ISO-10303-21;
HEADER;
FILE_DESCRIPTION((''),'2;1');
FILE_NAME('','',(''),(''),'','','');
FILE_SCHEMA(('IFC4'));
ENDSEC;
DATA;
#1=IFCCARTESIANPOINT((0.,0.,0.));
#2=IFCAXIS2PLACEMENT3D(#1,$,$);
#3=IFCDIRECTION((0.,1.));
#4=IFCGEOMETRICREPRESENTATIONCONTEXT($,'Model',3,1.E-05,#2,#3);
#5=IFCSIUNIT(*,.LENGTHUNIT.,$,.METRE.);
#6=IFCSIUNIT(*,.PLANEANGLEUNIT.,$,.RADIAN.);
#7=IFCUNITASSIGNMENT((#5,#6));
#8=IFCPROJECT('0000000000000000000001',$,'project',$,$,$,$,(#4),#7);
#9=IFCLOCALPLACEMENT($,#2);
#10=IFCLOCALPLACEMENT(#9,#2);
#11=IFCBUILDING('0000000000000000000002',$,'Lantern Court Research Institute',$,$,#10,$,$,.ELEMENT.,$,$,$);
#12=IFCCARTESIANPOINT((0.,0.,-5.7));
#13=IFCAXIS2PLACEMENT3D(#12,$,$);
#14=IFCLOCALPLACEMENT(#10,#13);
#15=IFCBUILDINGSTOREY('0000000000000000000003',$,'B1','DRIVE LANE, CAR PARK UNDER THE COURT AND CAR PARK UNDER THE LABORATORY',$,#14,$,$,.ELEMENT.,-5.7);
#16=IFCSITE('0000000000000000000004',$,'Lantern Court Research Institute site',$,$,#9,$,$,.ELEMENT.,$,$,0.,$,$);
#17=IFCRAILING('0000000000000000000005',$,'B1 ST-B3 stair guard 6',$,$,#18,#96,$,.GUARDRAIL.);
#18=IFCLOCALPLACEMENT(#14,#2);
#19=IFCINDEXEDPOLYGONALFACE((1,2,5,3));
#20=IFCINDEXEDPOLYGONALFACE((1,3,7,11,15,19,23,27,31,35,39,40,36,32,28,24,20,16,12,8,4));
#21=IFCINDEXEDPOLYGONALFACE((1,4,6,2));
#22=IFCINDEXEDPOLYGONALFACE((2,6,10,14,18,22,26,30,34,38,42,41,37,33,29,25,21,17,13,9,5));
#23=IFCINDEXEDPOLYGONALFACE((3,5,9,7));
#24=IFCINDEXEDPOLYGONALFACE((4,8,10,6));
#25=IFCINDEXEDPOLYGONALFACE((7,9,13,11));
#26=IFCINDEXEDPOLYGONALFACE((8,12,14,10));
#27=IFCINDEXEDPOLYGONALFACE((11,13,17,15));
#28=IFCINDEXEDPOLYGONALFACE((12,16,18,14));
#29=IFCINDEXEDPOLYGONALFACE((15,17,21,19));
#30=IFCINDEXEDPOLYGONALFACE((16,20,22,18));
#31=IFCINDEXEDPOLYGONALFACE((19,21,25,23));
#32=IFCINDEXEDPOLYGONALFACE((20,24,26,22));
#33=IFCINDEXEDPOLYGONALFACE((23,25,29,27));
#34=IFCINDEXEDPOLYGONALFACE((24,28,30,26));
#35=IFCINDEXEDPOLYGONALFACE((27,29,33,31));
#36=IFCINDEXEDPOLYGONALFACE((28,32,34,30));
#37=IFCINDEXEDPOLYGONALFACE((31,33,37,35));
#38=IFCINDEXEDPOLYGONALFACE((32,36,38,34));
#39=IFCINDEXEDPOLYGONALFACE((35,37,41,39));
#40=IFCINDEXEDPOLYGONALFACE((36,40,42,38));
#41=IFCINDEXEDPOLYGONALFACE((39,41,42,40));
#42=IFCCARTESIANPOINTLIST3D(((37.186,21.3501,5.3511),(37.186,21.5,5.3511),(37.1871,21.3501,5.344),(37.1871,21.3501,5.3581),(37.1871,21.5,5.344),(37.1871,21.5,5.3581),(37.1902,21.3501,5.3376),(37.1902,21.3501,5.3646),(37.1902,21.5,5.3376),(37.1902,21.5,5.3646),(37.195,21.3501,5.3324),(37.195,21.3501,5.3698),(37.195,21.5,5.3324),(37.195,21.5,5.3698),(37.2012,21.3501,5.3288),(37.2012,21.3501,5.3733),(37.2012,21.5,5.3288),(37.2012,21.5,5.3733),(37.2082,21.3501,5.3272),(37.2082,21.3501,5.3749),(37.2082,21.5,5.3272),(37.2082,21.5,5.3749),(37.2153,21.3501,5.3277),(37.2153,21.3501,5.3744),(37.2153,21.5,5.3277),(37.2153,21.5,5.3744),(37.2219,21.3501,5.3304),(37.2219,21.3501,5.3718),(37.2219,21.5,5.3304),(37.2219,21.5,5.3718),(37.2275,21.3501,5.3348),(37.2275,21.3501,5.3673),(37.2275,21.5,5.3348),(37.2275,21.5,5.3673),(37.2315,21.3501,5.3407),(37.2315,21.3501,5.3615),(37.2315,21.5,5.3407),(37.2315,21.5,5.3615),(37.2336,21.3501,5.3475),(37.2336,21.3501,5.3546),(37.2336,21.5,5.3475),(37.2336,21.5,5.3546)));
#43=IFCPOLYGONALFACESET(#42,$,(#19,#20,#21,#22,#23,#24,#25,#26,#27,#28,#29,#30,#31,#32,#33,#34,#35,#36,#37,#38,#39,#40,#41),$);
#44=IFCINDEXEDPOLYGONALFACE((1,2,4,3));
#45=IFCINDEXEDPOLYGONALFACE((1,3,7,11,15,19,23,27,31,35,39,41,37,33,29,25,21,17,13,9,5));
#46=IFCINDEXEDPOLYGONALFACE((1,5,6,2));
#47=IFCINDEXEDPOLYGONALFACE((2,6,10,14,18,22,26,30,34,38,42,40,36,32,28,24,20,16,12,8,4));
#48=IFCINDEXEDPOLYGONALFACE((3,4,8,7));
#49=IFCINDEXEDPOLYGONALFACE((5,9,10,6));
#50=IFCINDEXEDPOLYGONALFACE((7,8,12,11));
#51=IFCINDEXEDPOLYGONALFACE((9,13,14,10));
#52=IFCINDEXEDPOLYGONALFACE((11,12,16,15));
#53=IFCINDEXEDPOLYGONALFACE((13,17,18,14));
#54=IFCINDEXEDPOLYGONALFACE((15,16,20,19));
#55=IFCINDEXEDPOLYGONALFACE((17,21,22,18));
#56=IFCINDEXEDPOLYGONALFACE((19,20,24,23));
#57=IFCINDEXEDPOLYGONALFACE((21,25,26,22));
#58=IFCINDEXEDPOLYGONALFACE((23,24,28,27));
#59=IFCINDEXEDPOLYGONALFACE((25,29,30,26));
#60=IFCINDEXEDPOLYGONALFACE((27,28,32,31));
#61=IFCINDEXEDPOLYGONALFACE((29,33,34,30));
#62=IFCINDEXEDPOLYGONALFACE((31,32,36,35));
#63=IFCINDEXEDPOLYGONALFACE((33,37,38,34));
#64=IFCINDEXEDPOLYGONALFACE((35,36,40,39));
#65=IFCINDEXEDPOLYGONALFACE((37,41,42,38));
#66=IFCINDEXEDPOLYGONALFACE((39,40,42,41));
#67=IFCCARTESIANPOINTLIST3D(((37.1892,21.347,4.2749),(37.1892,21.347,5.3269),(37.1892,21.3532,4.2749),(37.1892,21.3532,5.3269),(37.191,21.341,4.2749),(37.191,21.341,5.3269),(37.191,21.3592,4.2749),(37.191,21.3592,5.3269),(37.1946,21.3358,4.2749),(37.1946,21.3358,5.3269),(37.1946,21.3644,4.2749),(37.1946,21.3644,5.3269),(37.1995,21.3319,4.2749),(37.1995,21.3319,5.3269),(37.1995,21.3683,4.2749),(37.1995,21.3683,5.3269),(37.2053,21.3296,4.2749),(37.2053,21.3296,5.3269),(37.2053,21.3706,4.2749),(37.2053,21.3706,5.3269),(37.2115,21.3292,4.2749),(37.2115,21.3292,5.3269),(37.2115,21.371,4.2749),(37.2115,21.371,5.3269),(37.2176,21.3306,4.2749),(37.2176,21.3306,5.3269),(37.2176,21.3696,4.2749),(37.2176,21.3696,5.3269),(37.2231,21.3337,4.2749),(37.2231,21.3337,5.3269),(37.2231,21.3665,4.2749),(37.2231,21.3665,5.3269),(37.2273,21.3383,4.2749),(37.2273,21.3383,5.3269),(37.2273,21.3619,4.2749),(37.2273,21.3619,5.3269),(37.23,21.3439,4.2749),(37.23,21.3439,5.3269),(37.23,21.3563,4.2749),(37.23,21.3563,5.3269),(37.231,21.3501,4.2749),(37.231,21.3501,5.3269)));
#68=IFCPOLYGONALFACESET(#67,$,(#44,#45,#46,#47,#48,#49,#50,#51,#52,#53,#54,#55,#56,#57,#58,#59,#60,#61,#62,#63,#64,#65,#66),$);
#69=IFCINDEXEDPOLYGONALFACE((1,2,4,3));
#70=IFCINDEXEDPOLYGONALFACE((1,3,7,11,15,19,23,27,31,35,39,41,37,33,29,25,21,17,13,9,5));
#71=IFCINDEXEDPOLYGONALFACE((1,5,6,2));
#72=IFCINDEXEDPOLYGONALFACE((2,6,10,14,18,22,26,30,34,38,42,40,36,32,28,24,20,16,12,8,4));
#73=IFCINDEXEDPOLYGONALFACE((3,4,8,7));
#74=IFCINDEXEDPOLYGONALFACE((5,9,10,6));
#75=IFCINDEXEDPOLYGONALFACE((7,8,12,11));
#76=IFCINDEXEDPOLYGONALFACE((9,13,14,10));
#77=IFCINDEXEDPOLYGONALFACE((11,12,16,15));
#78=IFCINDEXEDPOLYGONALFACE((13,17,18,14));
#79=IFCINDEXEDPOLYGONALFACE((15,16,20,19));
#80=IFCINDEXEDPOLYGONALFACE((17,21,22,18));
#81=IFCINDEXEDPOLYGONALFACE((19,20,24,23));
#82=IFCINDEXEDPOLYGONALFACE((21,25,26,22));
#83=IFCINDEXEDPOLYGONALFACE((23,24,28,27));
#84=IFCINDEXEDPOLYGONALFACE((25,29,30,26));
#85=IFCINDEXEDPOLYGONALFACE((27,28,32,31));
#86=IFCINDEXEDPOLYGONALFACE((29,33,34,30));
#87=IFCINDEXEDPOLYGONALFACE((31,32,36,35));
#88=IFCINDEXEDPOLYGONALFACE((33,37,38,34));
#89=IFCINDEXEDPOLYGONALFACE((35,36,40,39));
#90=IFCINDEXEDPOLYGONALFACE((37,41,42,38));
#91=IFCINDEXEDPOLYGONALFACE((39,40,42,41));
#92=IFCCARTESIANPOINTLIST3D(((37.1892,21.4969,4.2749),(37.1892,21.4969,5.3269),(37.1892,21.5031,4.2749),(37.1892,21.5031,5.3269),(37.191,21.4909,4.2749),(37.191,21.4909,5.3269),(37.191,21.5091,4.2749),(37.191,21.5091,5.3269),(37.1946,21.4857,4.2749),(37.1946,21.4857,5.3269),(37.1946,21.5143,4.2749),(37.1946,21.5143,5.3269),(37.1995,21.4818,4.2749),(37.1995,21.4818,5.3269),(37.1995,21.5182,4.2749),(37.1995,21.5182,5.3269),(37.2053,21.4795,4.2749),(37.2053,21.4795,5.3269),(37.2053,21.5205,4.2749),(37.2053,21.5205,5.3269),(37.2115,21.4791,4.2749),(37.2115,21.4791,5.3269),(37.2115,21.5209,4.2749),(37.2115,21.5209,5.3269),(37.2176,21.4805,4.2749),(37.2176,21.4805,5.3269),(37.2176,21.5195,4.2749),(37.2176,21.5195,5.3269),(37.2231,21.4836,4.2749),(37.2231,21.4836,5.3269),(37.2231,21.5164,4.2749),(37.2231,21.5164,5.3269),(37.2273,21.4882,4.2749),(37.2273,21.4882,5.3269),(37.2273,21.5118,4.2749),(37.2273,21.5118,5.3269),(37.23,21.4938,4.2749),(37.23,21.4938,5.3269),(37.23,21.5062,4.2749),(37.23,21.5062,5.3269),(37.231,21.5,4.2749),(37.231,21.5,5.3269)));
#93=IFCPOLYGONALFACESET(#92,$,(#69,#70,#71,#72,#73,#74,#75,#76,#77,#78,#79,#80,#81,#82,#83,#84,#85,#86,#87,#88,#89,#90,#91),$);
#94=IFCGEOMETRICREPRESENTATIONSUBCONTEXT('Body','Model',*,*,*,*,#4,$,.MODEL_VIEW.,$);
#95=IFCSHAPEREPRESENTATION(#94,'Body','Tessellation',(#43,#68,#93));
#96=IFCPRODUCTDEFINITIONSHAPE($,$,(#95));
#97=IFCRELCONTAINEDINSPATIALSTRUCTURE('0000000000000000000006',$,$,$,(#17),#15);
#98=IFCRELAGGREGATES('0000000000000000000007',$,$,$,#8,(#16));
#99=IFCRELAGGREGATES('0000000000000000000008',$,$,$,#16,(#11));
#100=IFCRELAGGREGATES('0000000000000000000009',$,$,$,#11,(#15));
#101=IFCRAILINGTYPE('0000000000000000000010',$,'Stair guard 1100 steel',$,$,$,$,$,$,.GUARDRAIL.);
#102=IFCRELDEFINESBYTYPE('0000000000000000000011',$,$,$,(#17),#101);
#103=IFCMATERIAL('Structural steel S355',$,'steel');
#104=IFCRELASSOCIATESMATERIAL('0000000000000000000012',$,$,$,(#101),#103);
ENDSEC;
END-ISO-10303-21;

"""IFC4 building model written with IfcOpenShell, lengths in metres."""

from ifc_helpers import new_model, si_unit, direction, frame, origin, origin_2d, place, context, subcontext, project, spatial, circle, extrude, material, type_object, element, save


model = new_model("IFC4")

# Units and contexts
model_context = context("Model", 3, precision=1e-05, world=origin(), true_north=direction((0.0, 1.0)))
body_context = subcontext(model_context, "Body", "Model", "MODEL_VIEW")
ifc_project = project(units=[si_unit("LENGTHUNIT", "METRE"), si_unit("PLANEANGLEUNIT", "RADIAN")], contexts=[model_context])

# Site, building, storey
site_placement = place(None, origin())
site = spatial("IfcSite", under=ifc_project, at=site_placement, Name="Lantern Court Research Institute site", CompositionType="ELEMENT", RefElevation=0.0)
building_placement = place(site_placement, origin())
building = spatial("IfcBuilding", under=site, at=building_placement, Name="Lantern Court Research Institute", CompositionType="ELEMENT")
storey_placement = place(building_placement, frame((0.0, 0.0, -5.7)))
storey = spatial("IfcBuildingStorey", under=building, at=storey_placement, Name="B1", Description="DRIVE LANE, CAR PARK UNDER THE COURT AND CAR PARK UNDER THE LABORATORY", CompositionType="ELEMENT", Elevation=-5.7)

# Railing
ifc_material_1 = material(Name="Structural steel S355", Category="steel")
railing_type_1 = type_object("IfcRailingType", Name="Stair guard 1100 steel", PredefinedType="GUARDRAIL", material=ifc_material_1)
railing_1_placement = place(storey_placement, frame((37.21, 21.3501, 4.2749)))
element("IfcRailing", 1, at=railing_1_placement, inside=storey, type_object=railing_type_1, Name="B1 ST-B3 stair guard 6", PredefinedType="GUARDRAIL", context=body_context, shape_type="SweptSolid", body=[
    extrude(circle(Radius=0.0239, at=origin_2d()), frame((0.0, 0.0, 1.0762), z_axis=(0.0, 1.0, 0.0), x_axis=(-1.0, 0.0, 0.0)), (0.0, 0.0, 1.0), 0.1499),
    extrude(circle(Radius=0.021, at=origin_2d()), origin(), (0.0, 0.0, 1.0), 1.052),
    extrude(circle(Radius=0.021, at=origin_2d()), frame((0.0, 0.1499, 0.0)), (0.0, 0.0, 1.0), 1.052),
])

save(model, "model.ifc")
